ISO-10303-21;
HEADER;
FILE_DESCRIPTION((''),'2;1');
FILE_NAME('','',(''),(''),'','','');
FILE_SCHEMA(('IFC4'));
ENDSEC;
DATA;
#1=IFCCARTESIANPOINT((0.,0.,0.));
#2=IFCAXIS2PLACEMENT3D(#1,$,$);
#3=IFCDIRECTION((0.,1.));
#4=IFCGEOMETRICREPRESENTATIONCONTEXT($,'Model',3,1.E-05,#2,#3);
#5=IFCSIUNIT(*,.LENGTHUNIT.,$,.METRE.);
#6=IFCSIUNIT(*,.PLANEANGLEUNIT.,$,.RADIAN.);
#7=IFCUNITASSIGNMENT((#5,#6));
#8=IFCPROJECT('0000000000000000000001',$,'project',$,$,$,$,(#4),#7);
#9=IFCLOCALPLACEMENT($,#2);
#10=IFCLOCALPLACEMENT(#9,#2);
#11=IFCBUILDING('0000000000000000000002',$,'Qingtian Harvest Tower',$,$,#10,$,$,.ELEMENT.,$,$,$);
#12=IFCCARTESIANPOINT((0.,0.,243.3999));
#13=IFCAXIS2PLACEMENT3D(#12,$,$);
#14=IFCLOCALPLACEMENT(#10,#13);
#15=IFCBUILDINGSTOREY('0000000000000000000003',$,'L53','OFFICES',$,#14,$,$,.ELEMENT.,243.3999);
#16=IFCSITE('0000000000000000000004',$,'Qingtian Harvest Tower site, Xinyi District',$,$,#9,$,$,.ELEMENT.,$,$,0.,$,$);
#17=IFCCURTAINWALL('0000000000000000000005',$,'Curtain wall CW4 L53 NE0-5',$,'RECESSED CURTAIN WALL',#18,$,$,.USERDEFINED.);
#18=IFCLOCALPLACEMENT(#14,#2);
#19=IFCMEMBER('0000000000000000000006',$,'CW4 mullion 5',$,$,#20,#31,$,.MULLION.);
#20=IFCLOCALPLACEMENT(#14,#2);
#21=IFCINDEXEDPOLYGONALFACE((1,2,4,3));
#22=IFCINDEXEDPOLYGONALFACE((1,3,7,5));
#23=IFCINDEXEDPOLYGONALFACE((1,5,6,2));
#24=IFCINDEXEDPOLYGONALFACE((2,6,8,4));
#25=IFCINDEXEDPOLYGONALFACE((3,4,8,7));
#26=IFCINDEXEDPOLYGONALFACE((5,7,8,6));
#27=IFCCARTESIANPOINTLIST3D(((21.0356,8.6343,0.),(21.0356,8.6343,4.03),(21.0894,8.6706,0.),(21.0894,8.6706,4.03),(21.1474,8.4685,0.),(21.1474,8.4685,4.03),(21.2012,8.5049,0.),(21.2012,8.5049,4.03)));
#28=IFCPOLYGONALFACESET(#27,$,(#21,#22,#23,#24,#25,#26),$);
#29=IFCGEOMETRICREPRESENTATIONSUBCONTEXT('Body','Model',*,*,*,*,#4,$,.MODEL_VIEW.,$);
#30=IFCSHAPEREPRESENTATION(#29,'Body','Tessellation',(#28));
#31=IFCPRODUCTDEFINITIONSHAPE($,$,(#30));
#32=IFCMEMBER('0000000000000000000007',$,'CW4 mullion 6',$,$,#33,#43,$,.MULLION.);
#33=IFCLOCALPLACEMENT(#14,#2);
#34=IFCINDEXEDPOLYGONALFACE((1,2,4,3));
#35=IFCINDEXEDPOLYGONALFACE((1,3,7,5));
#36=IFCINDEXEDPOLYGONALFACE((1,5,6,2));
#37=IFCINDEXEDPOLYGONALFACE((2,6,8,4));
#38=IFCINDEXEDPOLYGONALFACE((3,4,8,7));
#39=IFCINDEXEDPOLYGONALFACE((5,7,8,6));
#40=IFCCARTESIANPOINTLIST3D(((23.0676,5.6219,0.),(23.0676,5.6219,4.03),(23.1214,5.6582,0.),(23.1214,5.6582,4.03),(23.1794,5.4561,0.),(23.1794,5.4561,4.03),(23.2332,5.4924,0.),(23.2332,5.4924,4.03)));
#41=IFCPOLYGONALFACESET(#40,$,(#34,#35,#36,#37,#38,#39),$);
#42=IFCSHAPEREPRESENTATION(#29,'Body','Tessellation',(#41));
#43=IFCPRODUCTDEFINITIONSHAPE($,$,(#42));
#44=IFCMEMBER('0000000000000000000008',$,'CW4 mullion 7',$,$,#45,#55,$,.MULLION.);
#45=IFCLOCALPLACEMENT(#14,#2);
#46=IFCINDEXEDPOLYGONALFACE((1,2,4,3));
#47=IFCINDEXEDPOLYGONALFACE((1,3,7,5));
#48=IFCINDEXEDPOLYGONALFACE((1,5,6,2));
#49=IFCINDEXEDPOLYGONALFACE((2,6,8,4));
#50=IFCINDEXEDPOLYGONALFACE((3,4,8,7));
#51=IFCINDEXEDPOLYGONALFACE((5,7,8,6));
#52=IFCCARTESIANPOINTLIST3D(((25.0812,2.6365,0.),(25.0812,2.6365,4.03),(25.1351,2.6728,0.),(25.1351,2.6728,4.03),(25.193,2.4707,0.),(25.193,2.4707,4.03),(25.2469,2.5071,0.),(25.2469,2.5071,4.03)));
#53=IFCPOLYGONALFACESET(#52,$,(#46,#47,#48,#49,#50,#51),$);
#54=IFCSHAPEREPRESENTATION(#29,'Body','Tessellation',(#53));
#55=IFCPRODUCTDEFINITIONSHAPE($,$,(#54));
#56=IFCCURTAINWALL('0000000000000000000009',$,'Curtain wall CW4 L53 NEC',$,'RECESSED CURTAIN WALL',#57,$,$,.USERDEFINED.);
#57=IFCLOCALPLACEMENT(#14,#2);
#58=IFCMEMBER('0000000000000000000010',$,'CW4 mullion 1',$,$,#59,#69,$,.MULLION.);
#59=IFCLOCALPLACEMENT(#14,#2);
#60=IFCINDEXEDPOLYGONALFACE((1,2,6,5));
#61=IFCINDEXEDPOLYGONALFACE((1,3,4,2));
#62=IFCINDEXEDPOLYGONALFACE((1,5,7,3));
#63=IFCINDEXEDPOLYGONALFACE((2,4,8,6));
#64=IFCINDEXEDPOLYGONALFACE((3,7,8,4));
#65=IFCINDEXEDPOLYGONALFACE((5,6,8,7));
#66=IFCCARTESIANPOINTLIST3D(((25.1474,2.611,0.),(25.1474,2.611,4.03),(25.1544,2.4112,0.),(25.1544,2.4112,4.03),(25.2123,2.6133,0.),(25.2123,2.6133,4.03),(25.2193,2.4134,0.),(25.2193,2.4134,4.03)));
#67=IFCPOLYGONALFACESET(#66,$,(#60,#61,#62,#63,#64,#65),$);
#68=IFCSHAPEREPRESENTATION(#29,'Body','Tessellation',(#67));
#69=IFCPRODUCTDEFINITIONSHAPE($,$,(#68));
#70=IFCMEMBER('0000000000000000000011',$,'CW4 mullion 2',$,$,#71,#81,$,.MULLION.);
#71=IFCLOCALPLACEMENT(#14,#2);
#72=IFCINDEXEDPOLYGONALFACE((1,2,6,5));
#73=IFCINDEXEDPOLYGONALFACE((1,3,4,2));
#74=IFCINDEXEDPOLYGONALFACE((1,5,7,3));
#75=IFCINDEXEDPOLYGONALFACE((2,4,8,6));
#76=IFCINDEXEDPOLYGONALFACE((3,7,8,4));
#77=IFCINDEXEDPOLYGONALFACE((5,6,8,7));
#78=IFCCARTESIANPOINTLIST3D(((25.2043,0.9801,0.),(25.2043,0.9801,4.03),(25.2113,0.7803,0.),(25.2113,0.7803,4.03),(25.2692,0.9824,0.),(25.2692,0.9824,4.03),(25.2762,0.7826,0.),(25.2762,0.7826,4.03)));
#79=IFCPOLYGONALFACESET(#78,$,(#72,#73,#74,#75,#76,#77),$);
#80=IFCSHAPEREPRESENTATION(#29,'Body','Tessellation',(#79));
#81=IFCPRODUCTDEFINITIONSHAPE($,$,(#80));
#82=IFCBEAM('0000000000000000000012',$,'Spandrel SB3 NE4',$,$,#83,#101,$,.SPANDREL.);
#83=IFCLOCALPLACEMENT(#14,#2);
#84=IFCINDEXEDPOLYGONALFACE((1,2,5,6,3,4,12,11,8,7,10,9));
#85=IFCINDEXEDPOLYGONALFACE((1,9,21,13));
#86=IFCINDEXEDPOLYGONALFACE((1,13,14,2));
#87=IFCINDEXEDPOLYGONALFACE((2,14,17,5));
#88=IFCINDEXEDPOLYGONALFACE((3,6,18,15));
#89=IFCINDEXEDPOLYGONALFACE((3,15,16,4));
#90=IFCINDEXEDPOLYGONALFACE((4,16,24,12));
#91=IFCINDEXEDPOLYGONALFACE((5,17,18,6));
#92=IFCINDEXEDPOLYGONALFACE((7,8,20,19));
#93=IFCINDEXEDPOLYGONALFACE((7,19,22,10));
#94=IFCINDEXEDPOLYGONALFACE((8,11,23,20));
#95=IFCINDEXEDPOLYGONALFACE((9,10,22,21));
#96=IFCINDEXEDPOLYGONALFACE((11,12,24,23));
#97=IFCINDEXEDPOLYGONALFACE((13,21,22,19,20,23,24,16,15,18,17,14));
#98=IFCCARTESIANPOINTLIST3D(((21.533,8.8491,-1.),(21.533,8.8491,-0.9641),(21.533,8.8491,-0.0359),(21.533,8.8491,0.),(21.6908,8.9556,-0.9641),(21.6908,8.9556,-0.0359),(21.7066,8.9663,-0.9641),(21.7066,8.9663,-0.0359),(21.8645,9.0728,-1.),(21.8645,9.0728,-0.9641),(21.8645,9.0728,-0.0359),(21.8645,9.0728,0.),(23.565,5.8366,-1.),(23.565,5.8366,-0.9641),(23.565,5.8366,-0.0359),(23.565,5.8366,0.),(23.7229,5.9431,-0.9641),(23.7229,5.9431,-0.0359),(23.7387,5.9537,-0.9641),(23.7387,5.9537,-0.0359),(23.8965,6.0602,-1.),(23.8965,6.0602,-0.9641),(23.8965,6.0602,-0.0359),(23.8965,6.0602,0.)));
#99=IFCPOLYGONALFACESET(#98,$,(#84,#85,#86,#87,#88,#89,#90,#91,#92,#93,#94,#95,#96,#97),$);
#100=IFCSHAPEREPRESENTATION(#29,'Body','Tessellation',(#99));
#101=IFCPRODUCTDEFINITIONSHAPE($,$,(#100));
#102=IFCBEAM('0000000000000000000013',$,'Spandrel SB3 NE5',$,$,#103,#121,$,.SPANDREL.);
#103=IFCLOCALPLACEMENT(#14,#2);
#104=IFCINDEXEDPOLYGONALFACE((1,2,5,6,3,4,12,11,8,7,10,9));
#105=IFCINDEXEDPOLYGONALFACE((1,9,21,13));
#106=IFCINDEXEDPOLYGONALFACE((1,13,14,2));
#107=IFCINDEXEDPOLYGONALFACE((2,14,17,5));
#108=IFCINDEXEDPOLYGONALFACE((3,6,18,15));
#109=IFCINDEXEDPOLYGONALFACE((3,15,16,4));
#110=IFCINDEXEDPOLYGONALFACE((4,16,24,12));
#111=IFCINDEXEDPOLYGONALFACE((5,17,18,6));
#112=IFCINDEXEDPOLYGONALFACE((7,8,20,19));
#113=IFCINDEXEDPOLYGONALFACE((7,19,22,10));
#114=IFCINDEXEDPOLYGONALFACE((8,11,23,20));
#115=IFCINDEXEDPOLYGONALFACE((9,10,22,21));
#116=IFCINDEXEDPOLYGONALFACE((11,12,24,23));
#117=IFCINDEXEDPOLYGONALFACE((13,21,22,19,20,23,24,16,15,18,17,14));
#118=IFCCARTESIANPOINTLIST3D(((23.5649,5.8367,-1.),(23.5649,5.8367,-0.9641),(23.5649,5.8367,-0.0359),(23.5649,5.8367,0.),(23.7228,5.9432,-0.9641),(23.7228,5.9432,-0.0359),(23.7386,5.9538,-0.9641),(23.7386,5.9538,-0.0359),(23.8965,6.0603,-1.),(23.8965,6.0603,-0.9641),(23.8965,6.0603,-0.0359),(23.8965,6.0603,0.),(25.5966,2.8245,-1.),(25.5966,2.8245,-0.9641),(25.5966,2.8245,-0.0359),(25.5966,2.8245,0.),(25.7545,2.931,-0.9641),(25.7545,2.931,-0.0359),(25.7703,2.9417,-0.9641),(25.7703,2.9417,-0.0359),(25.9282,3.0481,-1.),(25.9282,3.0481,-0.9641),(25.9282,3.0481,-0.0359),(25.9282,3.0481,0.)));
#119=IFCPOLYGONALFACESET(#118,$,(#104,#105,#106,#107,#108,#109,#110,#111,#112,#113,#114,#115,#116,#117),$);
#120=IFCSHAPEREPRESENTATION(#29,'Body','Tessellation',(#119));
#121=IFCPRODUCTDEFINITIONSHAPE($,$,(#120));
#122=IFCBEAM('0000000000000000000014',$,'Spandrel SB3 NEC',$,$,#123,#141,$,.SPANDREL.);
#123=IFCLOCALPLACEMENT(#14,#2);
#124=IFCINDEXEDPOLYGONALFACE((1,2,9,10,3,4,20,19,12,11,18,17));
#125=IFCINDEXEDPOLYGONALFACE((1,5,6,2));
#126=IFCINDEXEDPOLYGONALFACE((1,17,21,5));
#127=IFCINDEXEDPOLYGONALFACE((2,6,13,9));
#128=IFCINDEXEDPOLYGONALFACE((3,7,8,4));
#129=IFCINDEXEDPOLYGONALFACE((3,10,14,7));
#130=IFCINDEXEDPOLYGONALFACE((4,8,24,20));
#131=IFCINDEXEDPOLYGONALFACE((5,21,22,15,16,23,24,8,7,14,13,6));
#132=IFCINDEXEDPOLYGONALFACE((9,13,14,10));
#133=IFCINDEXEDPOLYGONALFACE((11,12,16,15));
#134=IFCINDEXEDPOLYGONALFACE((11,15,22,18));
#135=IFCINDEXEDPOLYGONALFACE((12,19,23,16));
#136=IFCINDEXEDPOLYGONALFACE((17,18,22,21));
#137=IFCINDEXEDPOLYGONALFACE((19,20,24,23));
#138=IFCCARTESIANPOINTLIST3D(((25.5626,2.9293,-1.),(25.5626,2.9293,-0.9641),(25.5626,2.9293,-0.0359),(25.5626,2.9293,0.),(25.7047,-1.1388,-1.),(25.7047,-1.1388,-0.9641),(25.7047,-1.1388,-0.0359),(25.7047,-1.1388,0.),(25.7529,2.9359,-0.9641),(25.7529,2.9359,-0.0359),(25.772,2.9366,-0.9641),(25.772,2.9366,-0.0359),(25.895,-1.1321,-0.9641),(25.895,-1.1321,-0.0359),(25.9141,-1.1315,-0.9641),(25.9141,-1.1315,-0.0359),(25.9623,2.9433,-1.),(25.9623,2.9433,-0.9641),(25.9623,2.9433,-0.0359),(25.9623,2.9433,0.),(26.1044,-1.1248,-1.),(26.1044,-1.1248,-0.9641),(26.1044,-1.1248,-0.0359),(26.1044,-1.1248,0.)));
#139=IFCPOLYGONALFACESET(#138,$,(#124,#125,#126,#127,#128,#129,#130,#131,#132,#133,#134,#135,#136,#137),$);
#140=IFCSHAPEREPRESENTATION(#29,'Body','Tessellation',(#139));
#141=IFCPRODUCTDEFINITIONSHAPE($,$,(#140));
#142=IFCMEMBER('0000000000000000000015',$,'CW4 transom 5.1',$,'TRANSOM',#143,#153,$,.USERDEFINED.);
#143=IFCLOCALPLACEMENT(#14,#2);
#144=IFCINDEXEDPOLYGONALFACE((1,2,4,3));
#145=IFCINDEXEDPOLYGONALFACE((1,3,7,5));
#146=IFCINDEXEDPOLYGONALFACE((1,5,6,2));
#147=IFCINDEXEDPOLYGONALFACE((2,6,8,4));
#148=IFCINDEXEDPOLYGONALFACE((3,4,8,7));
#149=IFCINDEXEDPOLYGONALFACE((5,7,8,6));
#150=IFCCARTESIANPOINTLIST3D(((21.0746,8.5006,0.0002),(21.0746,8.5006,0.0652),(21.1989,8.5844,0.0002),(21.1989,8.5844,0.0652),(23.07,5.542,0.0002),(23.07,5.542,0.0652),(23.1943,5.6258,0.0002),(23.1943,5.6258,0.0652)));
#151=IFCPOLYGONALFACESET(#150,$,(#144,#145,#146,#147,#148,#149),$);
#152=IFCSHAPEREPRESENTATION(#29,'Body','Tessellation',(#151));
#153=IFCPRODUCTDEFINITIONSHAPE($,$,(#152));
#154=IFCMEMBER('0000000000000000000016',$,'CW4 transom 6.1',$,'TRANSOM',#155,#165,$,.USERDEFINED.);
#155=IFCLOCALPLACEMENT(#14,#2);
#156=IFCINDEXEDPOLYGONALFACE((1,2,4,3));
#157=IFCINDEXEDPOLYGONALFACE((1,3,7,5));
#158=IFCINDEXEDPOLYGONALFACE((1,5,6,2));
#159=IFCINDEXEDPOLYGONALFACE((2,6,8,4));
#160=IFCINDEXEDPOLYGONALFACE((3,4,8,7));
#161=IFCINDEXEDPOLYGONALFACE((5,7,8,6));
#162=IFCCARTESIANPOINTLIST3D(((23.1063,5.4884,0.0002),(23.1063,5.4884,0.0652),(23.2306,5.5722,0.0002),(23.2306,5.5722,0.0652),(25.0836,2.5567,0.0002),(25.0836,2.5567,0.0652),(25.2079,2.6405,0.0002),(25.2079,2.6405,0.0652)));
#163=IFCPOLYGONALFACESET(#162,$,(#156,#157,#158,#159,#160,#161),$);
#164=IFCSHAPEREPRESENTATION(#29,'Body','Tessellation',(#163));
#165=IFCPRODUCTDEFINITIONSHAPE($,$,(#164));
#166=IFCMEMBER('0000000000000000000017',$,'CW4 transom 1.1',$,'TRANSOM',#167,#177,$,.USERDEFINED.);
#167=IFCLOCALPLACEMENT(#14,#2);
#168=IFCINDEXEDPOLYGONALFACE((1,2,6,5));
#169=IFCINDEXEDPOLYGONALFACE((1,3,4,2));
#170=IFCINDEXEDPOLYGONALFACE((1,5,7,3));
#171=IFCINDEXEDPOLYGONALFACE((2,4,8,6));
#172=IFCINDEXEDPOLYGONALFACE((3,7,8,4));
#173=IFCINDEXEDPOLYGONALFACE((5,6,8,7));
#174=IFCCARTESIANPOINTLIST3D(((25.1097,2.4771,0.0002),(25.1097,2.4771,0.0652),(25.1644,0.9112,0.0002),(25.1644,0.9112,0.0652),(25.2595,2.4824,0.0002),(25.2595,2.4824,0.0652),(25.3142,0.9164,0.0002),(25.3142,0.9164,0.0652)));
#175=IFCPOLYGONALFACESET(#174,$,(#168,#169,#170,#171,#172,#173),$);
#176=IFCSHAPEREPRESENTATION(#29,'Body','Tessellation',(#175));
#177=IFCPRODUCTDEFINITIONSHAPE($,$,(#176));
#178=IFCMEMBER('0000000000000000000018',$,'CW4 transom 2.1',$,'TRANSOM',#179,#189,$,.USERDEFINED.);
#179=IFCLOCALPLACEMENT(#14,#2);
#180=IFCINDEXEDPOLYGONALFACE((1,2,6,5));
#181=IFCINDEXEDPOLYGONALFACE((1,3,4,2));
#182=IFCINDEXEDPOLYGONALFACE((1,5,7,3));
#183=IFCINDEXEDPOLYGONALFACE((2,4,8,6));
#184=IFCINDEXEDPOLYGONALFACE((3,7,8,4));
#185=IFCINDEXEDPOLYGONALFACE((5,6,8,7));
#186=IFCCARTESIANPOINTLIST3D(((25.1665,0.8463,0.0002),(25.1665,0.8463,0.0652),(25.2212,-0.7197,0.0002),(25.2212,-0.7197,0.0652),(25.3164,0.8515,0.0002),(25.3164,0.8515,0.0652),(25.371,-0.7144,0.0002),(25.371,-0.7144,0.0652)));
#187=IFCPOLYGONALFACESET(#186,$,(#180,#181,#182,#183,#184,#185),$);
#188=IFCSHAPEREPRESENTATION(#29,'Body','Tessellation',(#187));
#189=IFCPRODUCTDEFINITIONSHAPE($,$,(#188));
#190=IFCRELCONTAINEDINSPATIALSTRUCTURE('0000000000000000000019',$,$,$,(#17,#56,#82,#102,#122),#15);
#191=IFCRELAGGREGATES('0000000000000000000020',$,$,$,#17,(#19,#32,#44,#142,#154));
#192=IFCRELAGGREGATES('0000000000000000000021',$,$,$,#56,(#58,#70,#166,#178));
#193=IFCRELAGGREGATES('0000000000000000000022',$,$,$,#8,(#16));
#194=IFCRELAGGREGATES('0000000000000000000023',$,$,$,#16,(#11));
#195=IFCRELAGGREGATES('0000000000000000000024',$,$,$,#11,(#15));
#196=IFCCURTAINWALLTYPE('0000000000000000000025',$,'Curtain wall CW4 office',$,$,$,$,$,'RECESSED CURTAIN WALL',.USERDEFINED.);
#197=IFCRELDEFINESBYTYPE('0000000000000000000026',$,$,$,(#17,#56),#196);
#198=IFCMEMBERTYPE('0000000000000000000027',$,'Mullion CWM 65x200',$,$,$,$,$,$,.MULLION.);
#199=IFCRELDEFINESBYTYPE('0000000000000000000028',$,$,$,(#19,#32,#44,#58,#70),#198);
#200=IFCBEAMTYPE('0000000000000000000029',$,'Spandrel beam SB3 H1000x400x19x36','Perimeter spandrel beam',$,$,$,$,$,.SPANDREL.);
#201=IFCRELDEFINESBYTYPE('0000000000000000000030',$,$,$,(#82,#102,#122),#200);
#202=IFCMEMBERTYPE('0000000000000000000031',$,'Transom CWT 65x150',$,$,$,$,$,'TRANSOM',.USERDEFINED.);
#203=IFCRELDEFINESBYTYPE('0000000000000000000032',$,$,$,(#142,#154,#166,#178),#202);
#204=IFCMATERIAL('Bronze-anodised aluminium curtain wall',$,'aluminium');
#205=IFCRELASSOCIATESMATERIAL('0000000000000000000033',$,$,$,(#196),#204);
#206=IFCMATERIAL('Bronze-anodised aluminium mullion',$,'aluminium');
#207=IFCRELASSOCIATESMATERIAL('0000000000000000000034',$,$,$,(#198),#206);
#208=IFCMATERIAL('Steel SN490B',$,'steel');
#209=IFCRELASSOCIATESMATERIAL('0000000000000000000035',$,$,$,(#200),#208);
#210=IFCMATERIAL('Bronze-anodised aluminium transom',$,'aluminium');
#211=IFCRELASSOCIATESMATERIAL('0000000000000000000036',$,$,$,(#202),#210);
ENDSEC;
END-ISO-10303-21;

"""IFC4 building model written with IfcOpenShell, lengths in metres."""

from ifc_helpers import new_model, si_unit, direction, frame, origin, origin_2d, place, context, subcontext, project, spatial, rectangle, i_section, extrude, material, material_profile, profile_set, type_object, element, aggregate, save


model = new_model("IFC4")

# Units and contexts
model_context = context("Model", 3, precision=1e-05, world=origin(), true_north=direction((0.0, 1.0)))
body_context = subcontext(model_context, "Body", "Model", "MODEL_VIEW")
ifc_project = project(units=[si_unit("LENGTHUNIT", "METRE"), si_unit("PLANEANGLEUNIT", "RADIAN")], contexts=[model_context])

# Site, building, storey
site_placement = place(None, origin())
site = spatial("IfcSite", under=ifc_project, at=site_placement, Name="Qingtian Harvest Tower site, Xinyi District", CompositionType="ELEMENT", RefElevation=0.0)
building_placement = place(site_placement, origin())
building = spatial("IfcBuilding", under=site, at=building_placement, Name="Qingtian Harvest Tower", CompositionType="ELEMENT")
storey_placement = place(building_placement, frame((0.0, 0.0, 243.3999)))
storey = spatial("IfcBuildingStorey", under=building, at=storey_placement, Name="L53", Description="OFFICES", CompositionType="ELEMENT", Elevation=243.3999)

# Curtain walls, members
ifc_material_1 = material(Name="Bronze-anodised aluminium curtain wall", Category="aluminium")
curtain_wall_type = type_object("IfcCurtainWallType", Name="Curtain wall CW4 office", ElementType="RECESSED CURTAIN WALL", PredefinedType="USERDEFINED", material=ifc_material_1)
curtain_wall_1_placement = place(storey_placement, origin())
curtain_wall_1 = element("IfcCurtainWall", 1, at=curtain_wall_1_placement, inside=storey, type_object=curtain_wall_type, Name="Curtain wall CW4 L53 NE0-5", ObjectType="RECESSED CURTAIN WALL", PredefinedType="USERDEFINED")
ifc_material_2 = material(Name="Bronze-anodised aluminium mullion", Category="aluminium")
ifc_material_profile_1 = material_profile(ifc_material_2, rectangle(XDim=0.0649, YDim=0.2, at=origin_2d()), Name="AL 65x200")
ifc_profile_set_1 = profile_set([ifc_material_profile_1], Name="Bronze-anodised aluminium mullion")
member_type_1 = type_object("IfcMemberType", Name="Mullion CWM 65x200", PredefinedType="MULLION", material=ifc_profile_set_1)
member_1_placement = place(storey_placement, frame((21.1184, 8.5696, 0.0), z_axis=(0.0, 0.0, 1.0), x_axis=(0.829038, 0.559193, 0.0)))
member_1 = element("IfcMember", 2, at=member_1_placement, type_object=member_type_1, Name="CW4 mullion 5", PredefinedType="MULLION", context=body_context, shape_type="SweptSolid", body=[
    extrude(rectangle(XDim=0.0649, YDim=0.2, at=origin_2d()), origin(), (0.0, 0.0, 1.0), 4.03),
])
member_2_placement = place(storey_placement, frame((23.1504, 5.5571, 0.0), z_axis=(0.0, 0.0, 1.0), x_axis=(0.829038, 0.559193, 0.0)))
member_2 = element("IfcMember", 3, at=member_2_placement, type_object=member_type_1, Name="CW4 mullion 6", PredefinedType="MULLION", context=body_context, shape_type="SweptSolid", body=[
    extrude(rectangle(XDim=0.0649, YDim=0.2, at=origin_2d()), origin(), (0.0, 0.0, 1.0), 4.03),
])
member_3_placement = place(storey_placement, frame((25.1641, 2.5718, 0.0), z_axis=(0.0, 0.0, 1.0), x_axis=(0.829038, 0.559193, 0.0)))
member_3 = element("IfcMember", 4, at=member_3_placement, type_object=member_type_1, Name="CW4 mullion 7", PredefinedType="MULLION", context=body_context, shape_type="SweptSolid", body=[
    extrude(rectangle(XDim=0.0649, YDim=0.2, at=origin_2d()), origin(), (0.0, 0.0, 1.0), 4.03),
])
curtain_wall_2_placement = place(storey_placement, origin())
curtain_wall_2 = element("IfcCurtainWall", 5, at=curtain_wall_2_placement, inside=storey, type_object=curtain_wall_type, Name="Curtain wall CW4 L53 NEC", ObjectType="RECESSED CURTAIN WALL", PredefinedType="USERDEFINED")
member_4_placement = place(storey_placement, frame((25.1833, 2.5122, 0.0), z_axis=(0.0, 0.0, 1.0), x_axis=(0.999391, 0.034899, 0.0)))
member_4 = element("IfcMember", 6, at=member_4_placement, type_object=member_type_1, Name="CW4 mullion 1", PredefinedType="MULLION", context=body_context, shape_type="SweptSolid", body=[
    extrude(rectangle(XDim=0.0649, YDim=0.2, at=origin_2d()), origin(), (0.0, 0.0, 1.0), 4.03),
])
member_5_placement = place(storey_placement, frame((25.2402, 0.8813, 0.0), z_axis=(0.0, 0.0, 1.0), x_axis=(0.999391, 0.034899, 0.0)))
member_5 = element("IfcMember", 7, at=member_5_placement, type_object=member_type_1, Name="CW4 mullion 2", PredefinedType="MULLION", context=body_context, shape_type="SweptSolid", body=[
    extrude(rectangle(XDim=0.0649, YDim=0.2, at=origin_2d()), origin(), (0.0, 0.0, 1.0), 4.03),
])

# Beams
ifc_material_3 = material(Name="Steel SN490B", Category="steel")
ifc_material_profile_2 = material_profile(ifc_material_3, i_section(OverallWidth=0.3999, OverallDepth=1.0, WebThickness=0.019, FlangeThickness=0.0359, at=origin_2d()), Name="H1000x400x19x36")
ifc_profile_set_2 = profile_set([ifc_material_profile_2], Name="Steel SN490B")
beam_type_1 = type_object("IfcBeamType", Name="Spandrel beam SB3 H1000x400x19x36", Description="Perimeter spandrel beam", PredefinedType="SPANDREL", material=ifc_profile_set_2)
beam_1_placement = place(storey_placement, frame((21.6987, 8.9609, -0.5), z_axis=(0.559204, -0.82903, 0.0), x_axis=(0.82903, 0.559204, 0.0)))
element("IfcBeam", 8, at=beam_1_placement, inside=storey, type_object=beam_type_1, Name="Spandrel SB3 NE4", PredefinedType="SPANDREL", context=body_context, shape_type="SweptSolid", body=[
    extrude(i_section(OverallWidth=0.3999, OverallDepth=1.0, WebThickness=0.019, FlangeThickness=0.0359, at=origin_2d()), origin(), (0.0, 0.0, 1.0), 3.6338),
])
beam_2_placement = place(storey_placement, frame((23.7307, 5.9485, -0.5), z_axis=(0.559189, -0.82904, 0.0), x_axis=(0.82904, 0.559189, 0.0)))
element("IfcBeam", 9, at=beam_2_placement, inside=storey, type_object=beam_type_1, Name="Spandrel SB3 NE5", PredefinedType="SPANDREL", context=body_context, shape_type="SweptSolid", body=[
    extrude(i_section(OverallWidth=0.3999, OverallDepth=1.0, WebThickness=0.019, FlangeThickness=0.0359, at=origin_2d()), origin(), (0.0, 0.0, 1.0), 3.6333),
])
beam_3_placement = place(storey_placement, frame((25.7625, 2.9363, -0.5), z_axis=(0.034906, -0.999391, 0.0), x_axis=(0.999391, 0.034906, 0.0)))
element("IfcBeam", 10, at=beam_3_placement, inside=storey, type_object=beam_type_1, Name="Spandrel SB3 NEC", PredefinedType="SPANDREL", context=body_context, shape_type="SweptSolid", body=[
    extrude(i_section(OverallWidth=0.3999, OverallDepth=1.0, WebThickness=0.019, FlangeThickness=0.0359, at=origin_2d()), origin(), (0.0, 0.0, 1.0), 4.0706),
])

# Members
ifc_material_4 = material(Name="Bronze-anodised aluminium transom", Category="aluminium")
ifc_material_profile_3 = material_profile(ifc_material_4, rectangle(XDim=0.1499, YDim=0.0649, at=origin_2d()), Name="AL 65x150")
ifc_profile_set_3 = profile_set([ifc_material_profile_3], Name="Bronze-anodised aluminium transom")
member_type_2 = type_object("IfcMemberType", Name="Transom CWT 65x150", ElementType="TRANSOM", PredefinedType="USERDEFINED", material=ifc_profile_set_3)
member_6_placement = place(storey_placement, frame((21.1367, 8.5425, 0.0327), z_axis=(0.55916, -0.82906, 0.0), x_axis=(0.82906, 0.55916, 0.0)))
member_6 = element("IfcMember", 11, at=member_6_placement, type_object=member_type_2, Name="CW4 transom 5.1", ObjectType="TRANSOM", PredefinedType="USERDEFINED", context=body_context, shape_type="SweptSolid", body=[
    extrude(rectangle(XDim=0.1499, YDim=0.0649, at=origin_2d()), origin(), (0.0, 0.0, 1.0), 3.5686),
])
member_7_placement = place(storey_placement, frame((23.1685, 5.5303, 0.0327), z_axis=(0.559169, -0.829054, 0.0), x_axis=(0.829054, 0.559169, 0.0)))
member_7 = element("IfcMember", 12, at=member_7_placement, type_object=member_type_2, Name="CW4 transom 6.1", ObjectType="TRANSOM", PredefinedType="USERDEFINED", context=body_context, shape_type="SweptSolid", body=[
    extrude(rectangle(XDim=0.1499, YDim=0.0649, at=origin_2d()), origin(), (0.0, 0.0, 1.0), 3.5361),
])
member_8_placement = place(storey_placement, frame((25.1846, 2.4797, 0.0327), z_axis=(0.034902, -0.999391, 0.0), x_axis=(0.999391, 0.034902, 0.0)))
member_8 = element("IfcMember", 13, at=member_8_placement, type_object=member_type_2, Name="CW4 transom 1.1", ObjectType="TRANSOM", PredefinedType="USERDEFINED", context=body_context, shape_type="SweptSolid", body=[
    extrude(rectangle(XDim=0.1499, YDim=0.0649, at=origin_2d()), origin(), (0.0, 0.0, 1.0), 1.5669),
])
member_9_placement = place(storey_placement, frame((25.2415, 0.8489, 0.0327), z_axis=(0.034902, -0.999391, 0.0), x_axis=(0.999391, 0.034902, 0.0)))
member_9 = element("IfcMember", 14, at=member_9_placement, type_object=member_type_2, Name="CW4 transom 2.1", ObjectType="TRANSOM", PredefinedType="USERDEFINED", context=body_context, shape_type="SweptSolid", body=[
    extrude(rectangle(XDim=0.1499, YDim=0.0649, at=origin_2d()), origin(), (0.0, 0.0, 1.0), 1.5669),
])

aggregate(curtain_wall_1, [member_1, member_2, member_3, member_6, member_7])
aggregate(curtain_wall_2, [member_4, member_5, member_8, member_9])

save(model, "model.ifc")
